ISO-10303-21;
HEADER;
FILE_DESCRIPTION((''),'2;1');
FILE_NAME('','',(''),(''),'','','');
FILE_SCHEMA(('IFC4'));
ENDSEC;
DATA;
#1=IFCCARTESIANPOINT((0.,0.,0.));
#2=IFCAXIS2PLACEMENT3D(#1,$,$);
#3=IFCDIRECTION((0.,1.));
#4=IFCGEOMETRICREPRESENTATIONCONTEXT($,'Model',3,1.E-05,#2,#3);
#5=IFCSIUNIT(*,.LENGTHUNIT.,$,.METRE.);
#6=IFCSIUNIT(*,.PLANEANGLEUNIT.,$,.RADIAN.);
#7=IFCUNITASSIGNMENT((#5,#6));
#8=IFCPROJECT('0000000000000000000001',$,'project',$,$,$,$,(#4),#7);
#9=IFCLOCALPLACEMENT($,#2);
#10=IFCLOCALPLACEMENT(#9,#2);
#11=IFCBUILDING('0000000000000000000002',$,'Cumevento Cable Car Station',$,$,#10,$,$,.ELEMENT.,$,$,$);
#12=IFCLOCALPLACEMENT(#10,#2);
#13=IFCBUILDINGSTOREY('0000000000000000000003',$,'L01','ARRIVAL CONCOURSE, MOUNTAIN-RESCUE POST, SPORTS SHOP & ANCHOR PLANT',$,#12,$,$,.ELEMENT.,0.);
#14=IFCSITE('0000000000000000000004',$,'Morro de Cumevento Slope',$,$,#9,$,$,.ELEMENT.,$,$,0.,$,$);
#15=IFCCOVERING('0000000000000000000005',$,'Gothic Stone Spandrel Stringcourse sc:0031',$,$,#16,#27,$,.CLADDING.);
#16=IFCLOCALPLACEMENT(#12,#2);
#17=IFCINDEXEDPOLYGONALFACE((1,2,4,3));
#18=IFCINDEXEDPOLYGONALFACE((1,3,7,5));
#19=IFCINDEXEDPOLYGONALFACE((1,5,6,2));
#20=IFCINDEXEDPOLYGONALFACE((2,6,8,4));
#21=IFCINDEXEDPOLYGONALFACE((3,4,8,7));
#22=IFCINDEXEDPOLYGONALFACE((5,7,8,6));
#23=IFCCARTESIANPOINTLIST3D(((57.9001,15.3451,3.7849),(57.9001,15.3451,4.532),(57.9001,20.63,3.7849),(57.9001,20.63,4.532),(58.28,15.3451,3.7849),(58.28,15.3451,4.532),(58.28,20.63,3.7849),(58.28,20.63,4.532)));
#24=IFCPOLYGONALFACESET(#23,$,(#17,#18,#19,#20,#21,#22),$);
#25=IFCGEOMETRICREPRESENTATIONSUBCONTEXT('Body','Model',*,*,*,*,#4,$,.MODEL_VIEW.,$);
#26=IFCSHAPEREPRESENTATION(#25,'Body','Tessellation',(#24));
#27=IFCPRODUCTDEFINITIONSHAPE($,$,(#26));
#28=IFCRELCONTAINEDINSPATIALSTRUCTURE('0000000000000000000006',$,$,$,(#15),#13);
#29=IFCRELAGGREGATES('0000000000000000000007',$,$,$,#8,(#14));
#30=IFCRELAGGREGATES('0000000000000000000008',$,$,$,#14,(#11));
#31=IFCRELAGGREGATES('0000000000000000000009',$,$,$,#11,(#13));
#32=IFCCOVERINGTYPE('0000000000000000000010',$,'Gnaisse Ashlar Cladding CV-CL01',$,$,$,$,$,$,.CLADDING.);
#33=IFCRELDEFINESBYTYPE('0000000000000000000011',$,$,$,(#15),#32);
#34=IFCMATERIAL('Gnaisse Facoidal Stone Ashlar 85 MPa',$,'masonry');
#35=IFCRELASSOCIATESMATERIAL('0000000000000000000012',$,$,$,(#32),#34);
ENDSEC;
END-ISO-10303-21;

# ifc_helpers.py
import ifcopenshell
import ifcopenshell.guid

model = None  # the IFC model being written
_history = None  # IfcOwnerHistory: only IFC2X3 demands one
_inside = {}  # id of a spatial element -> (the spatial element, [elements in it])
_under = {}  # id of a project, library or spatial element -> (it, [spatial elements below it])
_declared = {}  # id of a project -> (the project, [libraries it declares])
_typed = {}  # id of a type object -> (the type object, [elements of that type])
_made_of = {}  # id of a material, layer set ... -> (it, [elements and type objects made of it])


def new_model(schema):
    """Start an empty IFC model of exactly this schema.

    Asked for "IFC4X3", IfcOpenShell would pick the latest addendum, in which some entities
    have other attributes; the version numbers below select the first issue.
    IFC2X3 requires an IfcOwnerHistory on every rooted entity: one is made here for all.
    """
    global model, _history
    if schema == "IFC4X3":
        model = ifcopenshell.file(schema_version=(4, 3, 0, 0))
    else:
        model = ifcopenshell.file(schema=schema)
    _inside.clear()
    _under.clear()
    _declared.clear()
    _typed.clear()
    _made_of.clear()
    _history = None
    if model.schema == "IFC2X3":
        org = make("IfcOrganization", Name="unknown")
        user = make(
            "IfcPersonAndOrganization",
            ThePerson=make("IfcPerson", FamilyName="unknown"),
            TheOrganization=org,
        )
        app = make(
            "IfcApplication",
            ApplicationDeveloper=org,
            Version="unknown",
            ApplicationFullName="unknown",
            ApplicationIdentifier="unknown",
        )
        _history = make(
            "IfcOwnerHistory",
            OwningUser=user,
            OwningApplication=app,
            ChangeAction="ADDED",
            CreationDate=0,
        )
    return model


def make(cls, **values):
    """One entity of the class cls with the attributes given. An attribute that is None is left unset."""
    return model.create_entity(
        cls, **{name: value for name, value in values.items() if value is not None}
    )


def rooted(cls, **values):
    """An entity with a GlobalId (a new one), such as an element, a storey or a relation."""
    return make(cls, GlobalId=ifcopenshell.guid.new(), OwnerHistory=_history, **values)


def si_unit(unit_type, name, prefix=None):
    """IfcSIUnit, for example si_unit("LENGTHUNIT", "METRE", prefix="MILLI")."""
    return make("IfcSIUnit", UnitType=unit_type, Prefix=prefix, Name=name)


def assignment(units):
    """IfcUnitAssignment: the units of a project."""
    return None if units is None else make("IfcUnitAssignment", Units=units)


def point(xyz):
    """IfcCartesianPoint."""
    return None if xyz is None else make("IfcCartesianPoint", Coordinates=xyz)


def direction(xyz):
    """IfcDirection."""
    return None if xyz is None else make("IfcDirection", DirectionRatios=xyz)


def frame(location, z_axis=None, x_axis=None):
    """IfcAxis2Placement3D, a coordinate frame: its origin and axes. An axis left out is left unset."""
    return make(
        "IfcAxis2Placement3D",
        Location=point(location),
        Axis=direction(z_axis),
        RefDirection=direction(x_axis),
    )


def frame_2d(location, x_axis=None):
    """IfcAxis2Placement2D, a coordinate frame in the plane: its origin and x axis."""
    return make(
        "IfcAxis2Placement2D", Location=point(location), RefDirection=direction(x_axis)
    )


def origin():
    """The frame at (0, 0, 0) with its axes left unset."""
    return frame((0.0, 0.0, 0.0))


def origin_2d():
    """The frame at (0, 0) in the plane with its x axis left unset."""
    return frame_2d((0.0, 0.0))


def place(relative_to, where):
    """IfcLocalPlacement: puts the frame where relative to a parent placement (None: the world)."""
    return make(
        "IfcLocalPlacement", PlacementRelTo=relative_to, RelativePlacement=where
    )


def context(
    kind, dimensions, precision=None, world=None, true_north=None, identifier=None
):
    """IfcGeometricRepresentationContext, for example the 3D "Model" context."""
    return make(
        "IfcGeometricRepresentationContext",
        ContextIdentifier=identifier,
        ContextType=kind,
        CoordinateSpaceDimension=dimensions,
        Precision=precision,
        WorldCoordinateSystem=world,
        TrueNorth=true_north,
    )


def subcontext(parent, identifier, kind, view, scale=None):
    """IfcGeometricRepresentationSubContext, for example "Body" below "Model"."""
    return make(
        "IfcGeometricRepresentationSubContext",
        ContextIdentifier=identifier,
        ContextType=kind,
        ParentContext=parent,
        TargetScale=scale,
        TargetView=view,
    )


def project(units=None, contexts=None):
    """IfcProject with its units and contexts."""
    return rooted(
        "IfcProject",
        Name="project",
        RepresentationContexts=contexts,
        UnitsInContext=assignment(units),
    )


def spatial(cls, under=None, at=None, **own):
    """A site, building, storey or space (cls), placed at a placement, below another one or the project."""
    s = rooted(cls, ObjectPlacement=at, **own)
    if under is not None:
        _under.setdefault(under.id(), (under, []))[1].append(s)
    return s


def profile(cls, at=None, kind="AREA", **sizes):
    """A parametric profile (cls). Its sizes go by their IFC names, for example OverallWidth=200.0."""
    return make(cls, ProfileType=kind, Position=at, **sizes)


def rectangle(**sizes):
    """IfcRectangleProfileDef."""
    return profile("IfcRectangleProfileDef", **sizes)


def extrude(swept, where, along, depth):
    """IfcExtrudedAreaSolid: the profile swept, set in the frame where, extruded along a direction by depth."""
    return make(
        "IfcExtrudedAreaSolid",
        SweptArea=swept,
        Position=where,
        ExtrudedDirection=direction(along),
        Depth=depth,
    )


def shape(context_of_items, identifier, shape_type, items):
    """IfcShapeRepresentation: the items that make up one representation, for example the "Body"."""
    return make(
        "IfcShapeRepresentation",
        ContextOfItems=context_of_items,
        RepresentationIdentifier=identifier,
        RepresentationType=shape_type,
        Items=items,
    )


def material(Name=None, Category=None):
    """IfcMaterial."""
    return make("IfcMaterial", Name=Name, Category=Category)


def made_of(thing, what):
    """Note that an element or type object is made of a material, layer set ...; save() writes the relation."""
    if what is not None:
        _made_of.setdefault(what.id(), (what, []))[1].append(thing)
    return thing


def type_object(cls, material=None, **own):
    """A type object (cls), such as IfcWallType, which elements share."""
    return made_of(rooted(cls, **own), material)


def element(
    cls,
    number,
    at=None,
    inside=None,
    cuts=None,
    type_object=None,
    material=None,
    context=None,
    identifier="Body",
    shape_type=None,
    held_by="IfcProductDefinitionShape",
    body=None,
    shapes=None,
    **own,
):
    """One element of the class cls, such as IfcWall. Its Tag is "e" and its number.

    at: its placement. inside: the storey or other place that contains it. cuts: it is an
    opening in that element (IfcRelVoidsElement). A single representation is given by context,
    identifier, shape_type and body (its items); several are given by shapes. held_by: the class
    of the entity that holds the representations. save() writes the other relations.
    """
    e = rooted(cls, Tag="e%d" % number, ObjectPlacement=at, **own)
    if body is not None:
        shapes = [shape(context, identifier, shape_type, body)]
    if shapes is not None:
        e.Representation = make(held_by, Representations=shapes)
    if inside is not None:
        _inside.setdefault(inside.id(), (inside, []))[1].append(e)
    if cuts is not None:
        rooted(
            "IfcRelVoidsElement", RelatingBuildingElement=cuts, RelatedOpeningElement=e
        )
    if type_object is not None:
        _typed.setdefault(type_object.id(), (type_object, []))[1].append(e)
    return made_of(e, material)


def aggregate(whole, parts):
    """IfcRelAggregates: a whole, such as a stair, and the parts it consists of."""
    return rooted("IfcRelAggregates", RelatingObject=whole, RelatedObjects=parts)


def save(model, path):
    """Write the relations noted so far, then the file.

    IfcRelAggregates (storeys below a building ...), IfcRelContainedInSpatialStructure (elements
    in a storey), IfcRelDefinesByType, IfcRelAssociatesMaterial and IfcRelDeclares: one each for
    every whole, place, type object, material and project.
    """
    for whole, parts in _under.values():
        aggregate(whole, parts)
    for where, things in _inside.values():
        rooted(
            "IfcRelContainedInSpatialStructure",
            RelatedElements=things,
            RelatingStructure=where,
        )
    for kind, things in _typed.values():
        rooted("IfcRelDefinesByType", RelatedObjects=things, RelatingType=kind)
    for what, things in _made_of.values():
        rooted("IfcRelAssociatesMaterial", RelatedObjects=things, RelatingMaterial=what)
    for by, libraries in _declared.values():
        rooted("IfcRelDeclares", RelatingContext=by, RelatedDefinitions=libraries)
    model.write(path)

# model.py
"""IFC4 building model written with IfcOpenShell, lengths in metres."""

from ifc_helpers import new_model, si_unit, direction, frame, origin, origin_2d, place, context, subcontext, project, spatial, rectangle, extrude, material, type_object, element, save


model = new_model("IFC4")

# Units and contexts
model_context = context("Model", 3, precision=1e-05, world=origin(), true_north=direction((0.0, 1.0)))
body_context = subcontext(model_context, "Body", "Model", "MODEL_VIEW")
ifc_project = project(units=[si_unit("LENGTHUNIT", "METRE"), si_unit("PLANEANGLEUNIT", "RADIAN")], contexts=[model_context])

# Site, building, storey
site_placement = place(None, origin())
site = spatial("IfcSite", under=ifc_project, at=site_placement, Name="Morro de Cumevento Slope", CompositionType="ELEMENT", RefElevation=0.0)
building_placement = place(site_placement, origin())
building = spatial("IfcBuilding", under=site, at=building_placement, Name="Cumevento Cable Car Station", CompositionType="ELEMENT")
storey_placement = place(building_placement, origin())
storey = spatial("IfcBuildingStorey", under=building, at=storey_placement, Name="L01", Description="ARRIVAL CONCOURSE, MOUNTAIN-RESCUE POST, SPORTS SHOP & ANCHOR PLANT", CompositionType="ELEMENT", Elevation=0.0)

# Covering
ifc_material_1 = material(Name="Gnaisse Facoidal Stone Ashlar 85 MPa", Category="masonry")
covering_type = type_object("IfcCoveringType", Name="Gnaisse Ashlar Cladding CV-CL01", PredefinedType="CLADDING", material=ifc_material_1)
covering_1_placement = place(storey_placement, frame((58.0901, 17.9875, 3.7849), z_axis=(0.0, 0.0, 1.0), x_axis=(0.0, 1.0, 0.0)))
element("IfcCovering", 1, at=covering_1_placement, inside=storey, type_object=covering_type, Name="Gothic Stone Spandrel Stringcourse sc:0031", PredefinedType="CLADDING", context=body_context, shape_type="SweptSolid", body=[
    extrude(rectangle(XDim=5.2849, YDim=0.3799, at=origin_2d()), origin(), (0.0, 0.0, 1.0), 0.7471),
])

save(model, "model.ifc")
